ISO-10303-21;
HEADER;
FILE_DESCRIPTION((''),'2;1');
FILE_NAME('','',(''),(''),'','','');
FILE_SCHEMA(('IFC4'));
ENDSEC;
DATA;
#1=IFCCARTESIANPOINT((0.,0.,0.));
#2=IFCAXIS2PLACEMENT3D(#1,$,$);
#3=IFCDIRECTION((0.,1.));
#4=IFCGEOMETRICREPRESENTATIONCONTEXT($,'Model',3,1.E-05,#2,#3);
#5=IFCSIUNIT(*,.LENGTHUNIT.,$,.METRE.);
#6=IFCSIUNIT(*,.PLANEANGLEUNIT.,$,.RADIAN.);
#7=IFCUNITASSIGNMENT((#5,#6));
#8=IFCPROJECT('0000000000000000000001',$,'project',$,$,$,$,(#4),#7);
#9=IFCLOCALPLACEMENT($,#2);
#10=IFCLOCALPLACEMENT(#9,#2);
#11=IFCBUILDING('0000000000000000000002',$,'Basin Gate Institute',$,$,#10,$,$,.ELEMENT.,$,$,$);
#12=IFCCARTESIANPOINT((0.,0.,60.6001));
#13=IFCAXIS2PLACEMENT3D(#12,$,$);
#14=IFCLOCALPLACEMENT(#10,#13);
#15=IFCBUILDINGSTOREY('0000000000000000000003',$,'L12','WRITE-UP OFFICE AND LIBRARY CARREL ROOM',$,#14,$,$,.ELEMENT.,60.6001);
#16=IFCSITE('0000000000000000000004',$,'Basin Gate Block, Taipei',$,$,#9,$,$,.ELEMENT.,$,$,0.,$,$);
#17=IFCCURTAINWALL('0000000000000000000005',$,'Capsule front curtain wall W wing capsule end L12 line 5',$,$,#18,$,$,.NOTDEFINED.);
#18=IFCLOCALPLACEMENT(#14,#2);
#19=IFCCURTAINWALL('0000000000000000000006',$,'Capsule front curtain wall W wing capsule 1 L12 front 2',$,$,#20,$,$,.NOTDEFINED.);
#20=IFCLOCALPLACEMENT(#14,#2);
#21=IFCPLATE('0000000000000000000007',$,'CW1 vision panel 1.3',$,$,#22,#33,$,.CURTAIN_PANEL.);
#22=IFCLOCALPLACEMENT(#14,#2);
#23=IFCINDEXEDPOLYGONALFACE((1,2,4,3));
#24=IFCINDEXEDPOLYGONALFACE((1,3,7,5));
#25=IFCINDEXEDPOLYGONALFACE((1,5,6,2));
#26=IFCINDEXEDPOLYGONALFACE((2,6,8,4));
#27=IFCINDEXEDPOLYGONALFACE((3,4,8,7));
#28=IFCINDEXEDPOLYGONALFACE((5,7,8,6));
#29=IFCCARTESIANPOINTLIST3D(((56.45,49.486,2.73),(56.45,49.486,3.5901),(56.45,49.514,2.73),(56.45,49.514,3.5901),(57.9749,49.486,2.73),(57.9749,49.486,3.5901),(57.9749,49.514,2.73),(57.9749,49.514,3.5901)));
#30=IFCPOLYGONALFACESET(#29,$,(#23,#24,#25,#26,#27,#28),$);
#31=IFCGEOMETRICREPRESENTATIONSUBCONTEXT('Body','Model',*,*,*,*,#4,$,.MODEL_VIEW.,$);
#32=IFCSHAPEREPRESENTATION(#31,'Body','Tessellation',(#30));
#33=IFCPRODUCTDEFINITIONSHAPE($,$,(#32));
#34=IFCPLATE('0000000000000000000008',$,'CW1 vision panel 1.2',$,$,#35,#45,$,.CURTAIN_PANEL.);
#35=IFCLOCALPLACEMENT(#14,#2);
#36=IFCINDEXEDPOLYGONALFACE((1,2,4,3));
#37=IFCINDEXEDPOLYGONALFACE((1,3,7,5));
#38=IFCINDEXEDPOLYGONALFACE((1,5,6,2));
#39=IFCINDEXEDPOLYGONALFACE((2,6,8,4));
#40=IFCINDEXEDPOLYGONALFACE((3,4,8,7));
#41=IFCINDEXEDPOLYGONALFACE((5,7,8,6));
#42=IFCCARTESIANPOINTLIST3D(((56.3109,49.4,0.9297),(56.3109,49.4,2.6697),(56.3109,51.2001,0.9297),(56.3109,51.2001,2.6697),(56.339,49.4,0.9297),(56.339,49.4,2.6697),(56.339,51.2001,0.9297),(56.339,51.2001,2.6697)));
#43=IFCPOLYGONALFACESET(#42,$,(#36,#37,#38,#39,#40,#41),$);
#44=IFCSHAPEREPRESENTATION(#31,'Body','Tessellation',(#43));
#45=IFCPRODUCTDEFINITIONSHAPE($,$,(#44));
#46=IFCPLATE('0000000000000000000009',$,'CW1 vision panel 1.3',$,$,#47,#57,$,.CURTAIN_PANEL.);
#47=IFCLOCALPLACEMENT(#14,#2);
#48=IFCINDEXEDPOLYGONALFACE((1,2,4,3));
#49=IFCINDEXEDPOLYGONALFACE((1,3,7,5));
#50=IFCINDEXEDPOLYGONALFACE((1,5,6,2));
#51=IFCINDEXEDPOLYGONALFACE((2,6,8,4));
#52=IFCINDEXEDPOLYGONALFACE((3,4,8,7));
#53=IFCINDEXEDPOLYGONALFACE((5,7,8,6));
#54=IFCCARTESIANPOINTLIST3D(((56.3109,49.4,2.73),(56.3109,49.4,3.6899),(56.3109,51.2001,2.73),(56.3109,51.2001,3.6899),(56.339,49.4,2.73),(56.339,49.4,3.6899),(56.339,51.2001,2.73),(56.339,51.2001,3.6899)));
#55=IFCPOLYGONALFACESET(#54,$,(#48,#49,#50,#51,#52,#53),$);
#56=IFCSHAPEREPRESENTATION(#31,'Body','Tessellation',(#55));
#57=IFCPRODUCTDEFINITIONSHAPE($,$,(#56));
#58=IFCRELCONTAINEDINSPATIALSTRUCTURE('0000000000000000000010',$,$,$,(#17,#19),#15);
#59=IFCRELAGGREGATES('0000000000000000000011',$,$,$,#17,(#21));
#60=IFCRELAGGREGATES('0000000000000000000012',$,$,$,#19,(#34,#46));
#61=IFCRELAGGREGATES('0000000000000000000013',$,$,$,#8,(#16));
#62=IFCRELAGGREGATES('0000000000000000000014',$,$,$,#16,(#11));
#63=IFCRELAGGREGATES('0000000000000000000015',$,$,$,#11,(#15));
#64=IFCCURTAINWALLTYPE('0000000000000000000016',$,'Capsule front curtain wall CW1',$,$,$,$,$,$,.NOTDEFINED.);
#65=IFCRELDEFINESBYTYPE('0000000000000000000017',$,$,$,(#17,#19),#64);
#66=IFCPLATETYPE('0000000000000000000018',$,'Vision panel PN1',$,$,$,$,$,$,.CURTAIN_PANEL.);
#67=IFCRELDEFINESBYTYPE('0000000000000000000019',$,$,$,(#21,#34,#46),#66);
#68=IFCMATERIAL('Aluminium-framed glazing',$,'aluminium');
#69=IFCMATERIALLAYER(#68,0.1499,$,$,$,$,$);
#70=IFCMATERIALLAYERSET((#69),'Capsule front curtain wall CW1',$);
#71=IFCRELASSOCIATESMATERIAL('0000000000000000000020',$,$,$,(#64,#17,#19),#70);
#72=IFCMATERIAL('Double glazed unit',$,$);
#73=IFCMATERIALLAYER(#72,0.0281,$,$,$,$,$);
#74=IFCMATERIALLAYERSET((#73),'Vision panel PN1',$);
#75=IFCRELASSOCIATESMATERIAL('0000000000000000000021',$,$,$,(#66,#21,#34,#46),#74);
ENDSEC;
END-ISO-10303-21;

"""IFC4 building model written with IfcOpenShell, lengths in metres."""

from ifc_helpers import new_model, si_unit, direction, frame, origin, origin_2d, place, context, subcontext, project, spatial, rectangle, extrude, material, layer, layer_set, type_object, element, aggregate, save


model = new_model("IFC4")

# Units and contexts
model_context = context("Model", 3, precision=1e-05, world=origin(), true_north=direction((0.0, 1.0)))
body_context = subcontext(model_context, "Body", "Model", "MODEL_VIEW")
ifc_project = project(units=[si_unit("LENGTHUNIT", "METRE"), si_unit("PLANEANGLEUNIT", "RADIAN")], contexts=[model_context])

# Site, building, storey
site_placement = place(None, origin())
site = spatial("IfcSite", under=ifc_project, at=site_placement, Name="Basin Gate Block, Taipei", CompositionType="ELEMENT", RefElevation=0.0)
building_placement = place(site_placement, origin())
building = spatial("IfcBuilding", under=site, at=building_placement, Name="Basin Gate Institute", CompositionType="ELEMENT")
storey_placement = place(building_placement, frame((0.0, 0.0, 60.6001)))
storey = spatial("IfcBuildingStorey", under=building, at=storey_placement, Name="L12", Description="WRITE-UP OFFICE AND LIBRARY CARREL ROOM", CompositionType="ELEMENT", Elevation=60.6001)

# Curtain wall
ifc_material_1 = material(Name="Aluminium-framed glazing", Category="aluminium")
ifc_layer_1 = layer(ifc_material_1, 0.1499)
ifc_layer_set_1 = layer_set([ifc_layer_1], Name="Capsule front curtain wall CW1")
curtain_wall_type = type_object("IfcCurtainWallType", Name="Capsule front curtain wall CW1", PredefinedType="NOTDEFINED", material=ifc_layer_set_1)
curtain_wall_1_placement = place(storey_placement, origin())
curtain_wall_1 = element("IfcCurtainWall", 1, at=curtain_wall_1_placement, inside=storey, type_object=curtain_wall_type, material=ifc_layer_set_1, Name="Capsule front curtain wall W wing capsule end L12 line 5", PredefinedType="NOTDEFINED")

# Curtain wall
curtain_wall_2_placement = place(storey_placement, origin())
curtain_wall_2 = element("IfcCurtainWall", 2, at=curtain_wall_2_placement, inside=storey, type_object=curtain_wall_type, material=ifc_layer_set_1, Name="Capsule front curtain wall W wing capsule 1 L12 front 2", PredefinedType="NOTDEFINED")

# Plates
ifc_material_2 = material(Name="Double glazed unit")
ifc_layer_2 = layer(ifc_material_2, 0.0281)
ifc_layer_set_2 = layer_set([ifc_layer_2], Name="Vision panel PN1")
plate_type_1 = type_object("IfcPlateType", Name="Vision panel PN1", PredefinedType="CURTAIN_PANEL", material=ifc_layer_set_2)
plate_1_placement = place(storey_placement, frame((57.2124, 49.5, 2.73), z_axis=(0.0, 0.0, 1.0), x_axis=(1.0, 0.0, 0.0)))
plate_1 = element("IfcPlate", 3, at=plate_1_placement, type_object=plate_type_1, material=ifc_layer_set_2, Name="CW1 vision panel 1.3", PredefinedType="CURTAIN_PANEL", context=body_context, shape_type="SweptSolid", body=[
    extrude(rectangle(XDim=1.5249, YDim=0.0281, at=origin_2d()), origin(), (0.0, 0.0, 1.0), 0.8601),
])
aggregate(curtain_wall_1, [plate_1])
plate_2_placement = place(storey_placement, frame((56.325, 50.3, 0.9297), z_axis=(0.0, 0.0, 1.0), x_axis=(0.0, 1.0, 0.0)))
plate_2 = element("IfcPlate", 4, at=plate_2_placement, type_object=plate_type_1, material=ifc_layer_set_2, Name="CW1 vision panel 1.2", PredefinedType="CURTAIN_PANEL", context=body_context, shape_type="SweptSolid", body=[
    extrude(rectangle(XDim=1.8, YDim=0.0281, at=origin_2d()), origin(), (0.0, 0.0, 1.0), 1.74),
])
plate_3_placement = place(storey_placement, frame((56.325, 50.3, 2.73), z_axis=(0.0, 0.0, 1.0), x_axis=(0.0, 1.0, 0.0)))
plate_3 = element("IfcPlate", 5, at=plate_3_placement, type_object=plate_type_1, material=ifc_layer_set_2, Name="CW1 vision panel 1.3", PredefinedType="CURTAIN_PANEL", context=body_context, shape_type="SweptSolid", body=[
    extrude(rectangle(XDim=1.8, YDim=0.0281, at=origin_2d()), origin(), (0.0, 0.0, 1.0), 0.96),
])
aggregate(curtain_wall_2, [plate_2, plate_3])

save(model, "model.ifc")
